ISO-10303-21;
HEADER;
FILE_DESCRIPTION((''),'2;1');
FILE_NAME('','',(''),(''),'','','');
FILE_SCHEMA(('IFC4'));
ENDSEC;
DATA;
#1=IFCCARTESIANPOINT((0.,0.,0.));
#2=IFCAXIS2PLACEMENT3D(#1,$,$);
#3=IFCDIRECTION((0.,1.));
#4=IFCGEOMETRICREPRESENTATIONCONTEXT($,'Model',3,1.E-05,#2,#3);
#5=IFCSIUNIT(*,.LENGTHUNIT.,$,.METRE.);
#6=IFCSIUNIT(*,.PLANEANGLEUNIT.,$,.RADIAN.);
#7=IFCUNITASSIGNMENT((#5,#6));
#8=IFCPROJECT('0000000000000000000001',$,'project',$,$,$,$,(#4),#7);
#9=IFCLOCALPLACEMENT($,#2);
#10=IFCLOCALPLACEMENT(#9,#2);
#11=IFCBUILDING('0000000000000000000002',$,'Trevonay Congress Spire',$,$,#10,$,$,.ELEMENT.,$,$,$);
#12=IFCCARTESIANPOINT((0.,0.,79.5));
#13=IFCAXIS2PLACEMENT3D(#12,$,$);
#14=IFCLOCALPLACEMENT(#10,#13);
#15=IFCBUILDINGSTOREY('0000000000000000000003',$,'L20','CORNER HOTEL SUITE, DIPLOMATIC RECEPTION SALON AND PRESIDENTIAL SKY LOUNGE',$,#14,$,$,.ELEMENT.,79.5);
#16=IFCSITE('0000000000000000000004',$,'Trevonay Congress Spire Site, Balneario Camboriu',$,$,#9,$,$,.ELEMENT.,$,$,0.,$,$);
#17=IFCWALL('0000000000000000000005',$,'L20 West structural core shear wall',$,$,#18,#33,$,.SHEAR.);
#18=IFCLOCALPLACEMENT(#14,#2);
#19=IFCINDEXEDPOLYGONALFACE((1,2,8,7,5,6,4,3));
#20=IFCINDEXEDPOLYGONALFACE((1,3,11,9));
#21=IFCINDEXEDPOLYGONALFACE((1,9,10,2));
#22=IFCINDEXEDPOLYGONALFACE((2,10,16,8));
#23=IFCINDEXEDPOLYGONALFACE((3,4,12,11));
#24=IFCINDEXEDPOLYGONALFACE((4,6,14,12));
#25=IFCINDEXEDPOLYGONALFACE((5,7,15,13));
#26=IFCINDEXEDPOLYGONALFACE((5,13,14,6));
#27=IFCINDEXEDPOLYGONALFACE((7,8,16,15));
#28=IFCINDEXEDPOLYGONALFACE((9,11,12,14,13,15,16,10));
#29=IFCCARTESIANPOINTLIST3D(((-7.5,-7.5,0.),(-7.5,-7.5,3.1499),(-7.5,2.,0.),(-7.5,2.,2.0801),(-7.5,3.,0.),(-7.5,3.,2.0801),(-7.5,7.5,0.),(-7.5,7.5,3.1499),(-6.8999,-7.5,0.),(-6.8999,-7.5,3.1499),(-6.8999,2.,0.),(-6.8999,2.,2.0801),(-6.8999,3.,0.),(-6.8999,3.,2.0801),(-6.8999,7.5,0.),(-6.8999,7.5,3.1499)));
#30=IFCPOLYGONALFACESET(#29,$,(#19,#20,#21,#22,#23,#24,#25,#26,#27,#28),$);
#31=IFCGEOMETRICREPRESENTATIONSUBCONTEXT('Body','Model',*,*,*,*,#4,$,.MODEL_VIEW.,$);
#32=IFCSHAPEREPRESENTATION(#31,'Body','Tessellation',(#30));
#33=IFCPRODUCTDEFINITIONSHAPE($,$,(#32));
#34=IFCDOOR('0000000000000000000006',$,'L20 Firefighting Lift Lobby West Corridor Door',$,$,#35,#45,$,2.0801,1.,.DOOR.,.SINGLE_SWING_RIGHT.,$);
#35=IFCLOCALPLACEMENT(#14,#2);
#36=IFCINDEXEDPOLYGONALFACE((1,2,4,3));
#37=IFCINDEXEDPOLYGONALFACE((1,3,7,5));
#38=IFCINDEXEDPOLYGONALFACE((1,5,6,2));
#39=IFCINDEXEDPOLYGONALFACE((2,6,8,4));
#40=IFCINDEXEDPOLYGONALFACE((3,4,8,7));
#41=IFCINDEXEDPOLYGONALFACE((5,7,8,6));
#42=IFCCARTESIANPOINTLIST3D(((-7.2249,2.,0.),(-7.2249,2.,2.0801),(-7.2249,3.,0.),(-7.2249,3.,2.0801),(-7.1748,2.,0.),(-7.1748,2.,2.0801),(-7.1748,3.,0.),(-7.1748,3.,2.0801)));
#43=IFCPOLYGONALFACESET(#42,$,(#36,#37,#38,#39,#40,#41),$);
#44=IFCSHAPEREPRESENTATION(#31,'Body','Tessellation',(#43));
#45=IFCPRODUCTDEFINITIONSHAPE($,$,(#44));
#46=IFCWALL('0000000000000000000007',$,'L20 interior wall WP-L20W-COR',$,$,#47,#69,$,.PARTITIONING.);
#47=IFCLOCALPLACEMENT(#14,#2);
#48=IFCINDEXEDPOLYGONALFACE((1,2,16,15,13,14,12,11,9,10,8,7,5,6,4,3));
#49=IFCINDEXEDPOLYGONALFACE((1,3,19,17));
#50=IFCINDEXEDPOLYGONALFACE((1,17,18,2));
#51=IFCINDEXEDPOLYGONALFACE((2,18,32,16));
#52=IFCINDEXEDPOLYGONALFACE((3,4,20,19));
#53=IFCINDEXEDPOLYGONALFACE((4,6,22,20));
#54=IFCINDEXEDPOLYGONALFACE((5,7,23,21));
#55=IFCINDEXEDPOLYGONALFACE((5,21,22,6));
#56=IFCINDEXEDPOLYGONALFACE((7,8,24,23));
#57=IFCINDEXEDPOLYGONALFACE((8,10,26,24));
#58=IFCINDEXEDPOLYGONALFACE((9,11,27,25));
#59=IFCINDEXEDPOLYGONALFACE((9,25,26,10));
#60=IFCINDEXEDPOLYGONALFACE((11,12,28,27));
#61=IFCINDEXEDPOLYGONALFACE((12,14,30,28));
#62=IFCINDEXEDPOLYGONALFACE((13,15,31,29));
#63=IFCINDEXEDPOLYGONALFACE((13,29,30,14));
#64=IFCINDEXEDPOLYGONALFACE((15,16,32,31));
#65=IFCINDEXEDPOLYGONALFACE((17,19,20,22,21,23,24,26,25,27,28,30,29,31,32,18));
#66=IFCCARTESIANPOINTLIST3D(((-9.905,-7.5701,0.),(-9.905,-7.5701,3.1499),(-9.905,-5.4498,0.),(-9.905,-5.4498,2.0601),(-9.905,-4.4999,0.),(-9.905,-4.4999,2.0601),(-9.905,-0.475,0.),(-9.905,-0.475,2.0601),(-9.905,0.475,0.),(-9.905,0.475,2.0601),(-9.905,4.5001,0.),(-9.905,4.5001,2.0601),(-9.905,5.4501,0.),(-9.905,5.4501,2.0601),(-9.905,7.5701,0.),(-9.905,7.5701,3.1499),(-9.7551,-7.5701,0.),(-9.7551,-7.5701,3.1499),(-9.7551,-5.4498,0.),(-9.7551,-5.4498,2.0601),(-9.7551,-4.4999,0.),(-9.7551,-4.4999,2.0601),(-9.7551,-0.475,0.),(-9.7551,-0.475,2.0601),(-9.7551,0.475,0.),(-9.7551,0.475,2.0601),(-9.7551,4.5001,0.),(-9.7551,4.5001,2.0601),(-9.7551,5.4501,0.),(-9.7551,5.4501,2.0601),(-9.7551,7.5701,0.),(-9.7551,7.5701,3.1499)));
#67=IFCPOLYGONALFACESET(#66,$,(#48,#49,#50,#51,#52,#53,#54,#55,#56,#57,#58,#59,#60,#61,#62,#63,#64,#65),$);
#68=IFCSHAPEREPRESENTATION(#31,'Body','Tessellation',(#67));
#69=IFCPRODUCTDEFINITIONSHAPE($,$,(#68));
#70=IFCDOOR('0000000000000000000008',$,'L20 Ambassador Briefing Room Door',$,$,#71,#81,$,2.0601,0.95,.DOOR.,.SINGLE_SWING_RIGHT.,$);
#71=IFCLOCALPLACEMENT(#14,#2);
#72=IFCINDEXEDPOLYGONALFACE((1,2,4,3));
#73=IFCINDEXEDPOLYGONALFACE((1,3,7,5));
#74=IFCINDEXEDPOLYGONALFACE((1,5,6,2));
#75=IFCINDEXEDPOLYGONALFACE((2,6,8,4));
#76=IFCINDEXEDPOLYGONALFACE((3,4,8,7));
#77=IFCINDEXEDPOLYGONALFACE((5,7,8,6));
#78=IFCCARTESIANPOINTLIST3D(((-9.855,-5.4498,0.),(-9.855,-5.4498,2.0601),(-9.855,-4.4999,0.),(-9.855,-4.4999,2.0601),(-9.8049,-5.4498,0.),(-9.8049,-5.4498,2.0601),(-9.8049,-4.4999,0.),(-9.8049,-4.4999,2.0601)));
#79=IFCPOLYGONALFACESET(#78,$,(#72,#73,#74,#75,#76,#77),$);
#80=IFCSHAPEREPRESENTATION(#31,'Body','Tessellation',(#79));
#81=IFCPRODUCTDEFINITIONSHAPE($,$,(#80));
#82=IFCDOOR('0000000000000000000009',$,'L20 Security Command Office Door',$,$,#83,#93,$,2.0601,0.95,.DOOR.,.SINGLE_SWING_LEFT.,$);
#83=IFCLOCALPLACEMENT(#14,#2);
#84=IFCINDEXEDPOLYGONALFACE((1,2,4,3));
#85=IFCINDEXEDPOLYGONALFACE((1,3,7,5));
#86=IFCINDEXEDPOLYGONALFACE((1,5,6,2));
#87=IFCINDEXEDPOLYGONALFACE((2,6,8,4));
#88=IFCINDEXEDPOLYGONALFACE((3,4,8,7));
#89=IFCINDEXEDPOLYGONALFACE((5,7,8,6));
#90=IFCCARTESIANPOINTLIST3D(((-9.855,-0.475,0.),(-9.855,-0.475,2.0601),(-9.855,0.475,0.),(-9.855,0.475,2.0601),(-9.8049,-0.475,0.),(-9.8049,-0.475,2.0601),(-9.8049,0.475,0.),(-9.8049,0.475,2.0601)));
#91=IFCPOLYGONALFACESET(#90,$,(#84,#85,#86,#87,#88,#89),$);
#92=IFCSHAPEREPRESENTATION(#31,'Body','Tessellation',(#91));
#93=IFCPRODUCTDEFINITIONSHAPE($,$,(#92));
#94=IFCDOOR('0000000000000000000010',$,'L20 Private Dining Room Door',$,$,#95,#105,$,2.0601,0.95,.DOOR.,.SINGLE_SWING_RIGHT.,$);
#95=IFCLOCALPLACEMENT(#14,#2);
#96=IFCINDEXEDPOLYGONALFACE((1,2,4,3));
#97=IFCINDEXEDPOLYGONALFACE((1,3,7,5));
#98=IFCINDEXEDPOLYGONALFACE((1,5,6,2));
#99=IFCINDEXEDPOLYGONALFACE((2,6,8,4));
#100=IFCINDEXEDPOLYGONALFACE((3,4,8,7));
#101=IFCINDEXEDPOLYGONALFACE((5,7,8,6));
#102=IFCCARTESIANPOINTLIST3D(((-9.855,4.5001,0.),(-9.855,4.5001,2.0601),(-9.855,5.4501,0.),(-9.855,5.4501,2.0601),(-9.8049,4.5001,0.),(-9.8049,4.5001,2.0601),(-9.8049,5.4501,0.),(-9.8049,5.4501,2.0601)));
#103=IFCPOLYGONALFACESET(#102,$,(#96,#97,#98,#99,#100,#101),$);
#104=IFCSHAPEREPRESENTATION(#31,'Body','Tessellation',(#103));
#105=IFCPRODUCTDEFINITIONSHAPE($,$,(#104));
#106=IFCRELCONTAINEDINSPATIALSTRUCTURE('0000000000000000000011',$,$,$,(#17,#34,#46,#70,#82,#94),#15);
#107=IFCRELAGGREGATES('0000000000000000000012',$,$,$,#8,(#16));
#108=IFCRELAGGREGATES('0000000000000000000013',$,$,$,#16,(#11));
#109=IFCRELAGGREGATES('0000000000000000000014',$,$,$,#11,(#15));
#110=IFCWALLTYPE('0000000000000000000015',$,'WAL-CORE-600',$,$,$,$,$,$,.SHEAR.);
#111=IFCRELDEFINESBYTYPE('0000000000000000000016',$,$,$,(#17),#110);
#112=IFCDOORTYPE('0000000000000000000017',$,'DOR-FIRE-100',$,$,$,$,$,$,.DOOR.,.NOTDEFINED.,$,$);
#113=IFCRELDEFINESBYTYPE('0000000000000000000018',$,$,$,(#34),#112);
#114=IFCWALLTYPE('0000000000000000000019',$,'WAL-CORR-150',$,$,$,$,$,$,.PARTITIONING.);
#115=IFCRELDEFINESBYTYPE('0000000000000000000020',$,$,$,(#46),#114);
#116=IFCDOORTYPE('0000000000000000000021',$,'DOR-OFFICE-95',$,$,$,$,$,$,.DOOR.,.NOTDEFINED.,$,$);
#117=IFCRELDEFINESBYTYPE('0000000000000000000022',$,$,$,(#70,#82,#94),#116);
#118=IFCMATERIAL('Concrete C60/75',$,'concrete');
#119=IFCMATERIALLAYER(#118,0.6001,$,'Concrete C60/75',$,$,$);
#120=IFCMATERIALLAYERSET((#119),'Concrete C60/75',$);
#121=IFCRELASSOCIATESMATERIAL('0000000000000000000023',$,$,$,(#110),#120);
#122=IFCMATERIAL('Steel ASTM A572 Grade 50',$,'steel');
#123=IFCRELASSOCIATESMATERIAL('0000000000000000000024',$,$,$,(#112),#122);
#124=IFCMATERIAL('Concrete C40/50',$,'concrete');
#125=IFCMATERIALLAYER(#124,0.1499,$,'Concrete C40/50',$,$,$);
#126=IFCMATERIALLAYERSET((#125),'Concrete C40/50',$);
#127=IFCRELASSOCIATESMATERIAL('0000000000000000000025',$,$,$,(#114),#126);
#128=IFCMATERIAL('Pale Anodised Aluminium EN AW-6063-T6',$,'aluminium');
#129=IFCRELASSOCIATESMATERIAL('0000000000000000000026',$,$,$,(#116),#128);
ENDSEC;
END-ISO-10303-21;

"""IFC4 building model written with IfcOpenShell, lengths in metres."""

from ifc_helpers import new_model, si_unit, direction, frame, frame_2d, origin, place, context, subcontext, project, spatial, rectangle, extrude, material, layer, layer_set, type_object, element, fill, save


model = new_model("IFC4")

# Units and contexts
model_context = context("Model", 3, precision=1e-05, world=origin(), true_north=direction((0.0, 1.0)))
body_context = subcontext(model_context, "Body", "Model", "MODEL_VIEW")
ifc_project = project(units=[si_unit("LENGTHUNIT", "METRE"), si_unit("PLANEANGLEUNIT", "RADIAN")], contexts=[model_context])

# Site, building, storey
site_placement = place(None, origin())
site = spatial("IfcSite", under=ifc_project, at=site_placement, Name="Trevonay Congress Spire Site, Balneario Camboriu", CompositionType="ELEMENT", RefElevation=0.0)
building_placement = place(site_placement, origin())
building = spatial("IfcBuilding", under=site, at=building_placement, Name="Trevonay Congress Spire", CompositionType="ELEMENT")
storey_placement = place(building_placement, frame((0.0, 0.0, 79.5)))
storey = spatial("IfcBuildingStorey", under=building, at=storey_placement, Name="L20", Description="CORNER HOTEL SUITE, DIPLOMATIC RECEPTION SALON AND PRESIDENTIAL SKY LOUNGE", CompositionType="ELEMENT", Elevation=79.5)

# Shared definitions
ifc_material_1 = material(Name="Steel ASTM A572 Grade 50", Category="steel")

# Shared definitions
ifc_material_2 = material(Name="Concrete C40/50", Category="concrete")
ifc_material_3 = material(Name="Pale Anodised Aluminium EN AW-6063-T6", Category="aluminium")

# Wall, opening, door
ifc_material_4 = material(Name="Concrete C60/75", Category="concrete")
ifc_layer_1 = layer(ifc_material_4, 0.6001, Name="Concrete C60/75")
ifc_layer_set_1 = layer_set([ifc_layer_1], Name="Concrete C60/75")
wall_type_1 = type_object("IfcWallType", Name="WAL-CORE-600", PredefinedType="SHEAR", material=ifc_layer_set_1)
wall_1_placement = place(storey_placement, frame((-7.2, -7.5, 0.0), z_axis=(0.0, 0.0, 1.0), x_axis=(0.0, 1.0, 0.0)))
wall_1 = element("IfcWall", 1, at=wall_1_placement, inside=storey, type_object=wall_type_1, Name="L20 West structural core shear wall", PredefinedType="SHEAR", context=body_context, shape_type="SweptSolid", body=[
    extrude(rectangle(XDim=15.0, YDim=0.6001, at=frame_2d((7.5, 0.0))), origin(), (0.0, 0.0, 1.0), 3.1499),
])
opening_1_placement = place(wall_1_placement, frame((9.5, 0.0, 0.0)))
opening_1 = element("IfcOpeningElement", 2, at=opening_1_placement, cuts=wall_1, PredefinedType="OPENING", context=body_context, shape_type="SweptSolid", body=[
    extrude(rectangle(XDim=1.0, YDim=2.0801, at=frame_2d((0.5, 1.04))), frame((0.0, 0.3101, 0.0), z_axis=(0.0, -1.0, 0.0), x_axis=(1.0, 0.0, 0.0)), (0.0, 0.0, 1.0), 0.6201),
])
door_type_1 = type_object("IfcDoorType", Name="DOR-FIRE-100", OperationType="NOTDEFINED", PredefinedType="DOOR", material=ifc_material_1)
door_1_placement = place(opening_1_placement, origin())
door_1 = element("IfcDoor", 3, at=door_1_placement, inside=storey, type_object=door_type_1, Name="L20 Firefighting Lift Lobby West Corridor Door", OperationType="SINGLE_SWING_RIGHT", OverallHeight=2.0801, OverallWidth=1.0, PredefinedType="DOOR", context=body_context, shape_type="SweptSolid", body=[
    extrude(rectangle(XDim=1.0, YDim=2.0801, at=frame_2d((0.5, 1.04))), frame((0.0, 0.0249, 0.0), z_axis=(0.0, -1.0, 0.0), x_axis=(1.0, 0.0, 0.0)), (0.0, 0.0, 1.0), 0.05),
])
fill(opening_1, door_1)

# Wall, openings, doors
ifc_layer_2 = layer(ifc_material_2, 0.1499, Name="Concrete C40/50")
ifc_layer_set_2 = layer_set([ifc_layer_2], Name="Concrete C40/50")
wall_type_2 = type_object("IfcWallType", Name="WAL-CORR-150", PredefinedType="PARTITIONING", material=ifc_layer_set_2)
wall_2_placement = place(storey_placement, frame((-9.8301, -7.5701, 0.0), z_axis=(0.0, 0.0, 1.0), x_axis=(0.0, 1.0, 0.0)))
wall_2 = element("IfcWall", 4, at=wall_2_placement, inside=storey, type_object=wall_type_2, Name="L20 interior wall WP-L20W-COR", PredefinedType="PARTITIONING", context=body_context, shape_type="SweptSolid", body=[
    extrude(rectangle(XDim=15.1401, YDim=0.1499, at=frame_2d((7.5701, 0.0))), origin(), (0.0, 0.0, 1.0), 3.1499),
])
opening_2_placement = place(wall_2_placement, frame((2.1201, 0.0, 0.0)))
opening_2 = element("IfcOpeningElement", 5, at=opening_2_placement, cuts=wall_2, PredefinedType="OPENING", context=body_context, shape_type="SweptSolid", body=[
    extrude(rectangle(XDim=0.95, YDim=2.0601, at=frame_2d((0.4751, 1.03))), frame((0.0, 0.085, 0.0), z_axis=(0.0, -1.0, 0.0), x_axis=(1.0, 0.0, 0.0)), (0.0, 0.0, 1.0), 0.1699),
])
opening_3_placement = place(wall_2_placement, frame((7.095, 0.0, 0.0)))
opening_3 = element("IfcOpeningElement", 6, at=opening_3_placement, cuts=wall_2, PredefinedType="OPENING", context=body_context, shape_type="SweptSolid", body=[
    extrude(rectangle(XDim=0.95, YDim=2.0601, at=frame_2d((0.4751, 1.03))), frame((0.0, 0.085, 0.0), z_axis=(0.0, -1.0, 0.0), x_axis=(1.0, 0.0, 0.0)), (0.0, 0.0, 1.0), 0.1699),
])
opening_4_placement = place(wall_2_placement, frame((12.0701, 0.0, 0.0)))
opening_4 = element("IfcOpeningElement", 7, at=opening_4_placement, cuts=wall_2, PredefinedType="OPENING", context=body_context, shape_type="SweptSolid", body=[
    extrude(rectangle(XDim=0.95, YDim=2.0601, at=frame_2d((0.4751, 1.03))), frame((0.0, 0.085, 0.0), z_axis=(0.0, -1.0, 0.0), x_axis=(1.0, 0.0, 0.0)), (0.0, 0.0, 1.0), 0.1699),
])
door_type_2 = type_object("IfcDoorType", Name="DOR-OFFICE-95", OperationType="NOTDEFINED", PredefinedType="DOOR", material=ifc_material_3)
door_2_placement = place(opening_2_placement, origin())
door_2 = element("IfcDoor", 8, at=door_2_placement, inside=storey, type_object=door_type_2, Name="L20 Ambassador Briefing Room Door", OperationType="SINGLE_SWING_RIGHT", OverallHeight=2.0601, OverallWidth=0.95, PredefinedType="DOOR", context=body_context, shape_type="SweptSolid", body=[
    extrude(rectangle(XDim=0.95, YDim=2.0601, at=frame_2d((0.4751, 1.03))), frame((0.0, 0.0249, 0.0), z_axis=(0.0, -1.0, 0.0), x_axis=(1.0, 0.0, 0.0)), (0.0, 0.0, 1.0), 0.05),
])
fill(opening_2, door_2)
door_3_placement = place(opening_3_placement, origin())
door_3 = element("IfcDoor", 9, at=door_3_placement, inside=storey, type_object=door_type_2, Name="L20 Security Command Office Door", OperationType="SINGLE_SWING_LEFT", OverallHeight=2.0601, OverallWidth=0.95, PredefinedType="DOOR", context=body_context, shape_type="SweptSolid", body=[
    extrude(rectangle(XDim=0.95, YDim=2.0601, at=frame_2d((0.4751, 1.03))), frame((0.0, 0.0249, 0.0), z_axis=(0.0, -1.0, 0.0), x_axis=(1.0, 0.0, 0.0)), (0.0, 0.0, 1.0), 0.05),
])
fill(opening_3, door_3)
door_4_placement = place(opening_4_placement, origin())
door_4 = element("IfcDoor", 10, at=door_4_placement, inside=storey, type_object=door_type_2, Name="L20 Private Dining Room Door", OperationType="SINGLE_SWING_RIGHT", OverallHeight=2.0601, OverallWidth=0.95, PredefinedType="DOOR", context=body_context, shape_type="SweptSolid", body=[
    extrude(rectangle(XDim=0.95, YDim=2.0601, at=frame_2d((0.4751, 1.03))), frame((0.0, 0.0249, 0.0), z_axis=(0.0, -1.0, 0.0), x_axis=(1.0, 0.0, 0.0)), (0.0, 0.0, 1.0), 0.05),
])
fill(opening_4, door_4)

save(model, "model.ifc")
